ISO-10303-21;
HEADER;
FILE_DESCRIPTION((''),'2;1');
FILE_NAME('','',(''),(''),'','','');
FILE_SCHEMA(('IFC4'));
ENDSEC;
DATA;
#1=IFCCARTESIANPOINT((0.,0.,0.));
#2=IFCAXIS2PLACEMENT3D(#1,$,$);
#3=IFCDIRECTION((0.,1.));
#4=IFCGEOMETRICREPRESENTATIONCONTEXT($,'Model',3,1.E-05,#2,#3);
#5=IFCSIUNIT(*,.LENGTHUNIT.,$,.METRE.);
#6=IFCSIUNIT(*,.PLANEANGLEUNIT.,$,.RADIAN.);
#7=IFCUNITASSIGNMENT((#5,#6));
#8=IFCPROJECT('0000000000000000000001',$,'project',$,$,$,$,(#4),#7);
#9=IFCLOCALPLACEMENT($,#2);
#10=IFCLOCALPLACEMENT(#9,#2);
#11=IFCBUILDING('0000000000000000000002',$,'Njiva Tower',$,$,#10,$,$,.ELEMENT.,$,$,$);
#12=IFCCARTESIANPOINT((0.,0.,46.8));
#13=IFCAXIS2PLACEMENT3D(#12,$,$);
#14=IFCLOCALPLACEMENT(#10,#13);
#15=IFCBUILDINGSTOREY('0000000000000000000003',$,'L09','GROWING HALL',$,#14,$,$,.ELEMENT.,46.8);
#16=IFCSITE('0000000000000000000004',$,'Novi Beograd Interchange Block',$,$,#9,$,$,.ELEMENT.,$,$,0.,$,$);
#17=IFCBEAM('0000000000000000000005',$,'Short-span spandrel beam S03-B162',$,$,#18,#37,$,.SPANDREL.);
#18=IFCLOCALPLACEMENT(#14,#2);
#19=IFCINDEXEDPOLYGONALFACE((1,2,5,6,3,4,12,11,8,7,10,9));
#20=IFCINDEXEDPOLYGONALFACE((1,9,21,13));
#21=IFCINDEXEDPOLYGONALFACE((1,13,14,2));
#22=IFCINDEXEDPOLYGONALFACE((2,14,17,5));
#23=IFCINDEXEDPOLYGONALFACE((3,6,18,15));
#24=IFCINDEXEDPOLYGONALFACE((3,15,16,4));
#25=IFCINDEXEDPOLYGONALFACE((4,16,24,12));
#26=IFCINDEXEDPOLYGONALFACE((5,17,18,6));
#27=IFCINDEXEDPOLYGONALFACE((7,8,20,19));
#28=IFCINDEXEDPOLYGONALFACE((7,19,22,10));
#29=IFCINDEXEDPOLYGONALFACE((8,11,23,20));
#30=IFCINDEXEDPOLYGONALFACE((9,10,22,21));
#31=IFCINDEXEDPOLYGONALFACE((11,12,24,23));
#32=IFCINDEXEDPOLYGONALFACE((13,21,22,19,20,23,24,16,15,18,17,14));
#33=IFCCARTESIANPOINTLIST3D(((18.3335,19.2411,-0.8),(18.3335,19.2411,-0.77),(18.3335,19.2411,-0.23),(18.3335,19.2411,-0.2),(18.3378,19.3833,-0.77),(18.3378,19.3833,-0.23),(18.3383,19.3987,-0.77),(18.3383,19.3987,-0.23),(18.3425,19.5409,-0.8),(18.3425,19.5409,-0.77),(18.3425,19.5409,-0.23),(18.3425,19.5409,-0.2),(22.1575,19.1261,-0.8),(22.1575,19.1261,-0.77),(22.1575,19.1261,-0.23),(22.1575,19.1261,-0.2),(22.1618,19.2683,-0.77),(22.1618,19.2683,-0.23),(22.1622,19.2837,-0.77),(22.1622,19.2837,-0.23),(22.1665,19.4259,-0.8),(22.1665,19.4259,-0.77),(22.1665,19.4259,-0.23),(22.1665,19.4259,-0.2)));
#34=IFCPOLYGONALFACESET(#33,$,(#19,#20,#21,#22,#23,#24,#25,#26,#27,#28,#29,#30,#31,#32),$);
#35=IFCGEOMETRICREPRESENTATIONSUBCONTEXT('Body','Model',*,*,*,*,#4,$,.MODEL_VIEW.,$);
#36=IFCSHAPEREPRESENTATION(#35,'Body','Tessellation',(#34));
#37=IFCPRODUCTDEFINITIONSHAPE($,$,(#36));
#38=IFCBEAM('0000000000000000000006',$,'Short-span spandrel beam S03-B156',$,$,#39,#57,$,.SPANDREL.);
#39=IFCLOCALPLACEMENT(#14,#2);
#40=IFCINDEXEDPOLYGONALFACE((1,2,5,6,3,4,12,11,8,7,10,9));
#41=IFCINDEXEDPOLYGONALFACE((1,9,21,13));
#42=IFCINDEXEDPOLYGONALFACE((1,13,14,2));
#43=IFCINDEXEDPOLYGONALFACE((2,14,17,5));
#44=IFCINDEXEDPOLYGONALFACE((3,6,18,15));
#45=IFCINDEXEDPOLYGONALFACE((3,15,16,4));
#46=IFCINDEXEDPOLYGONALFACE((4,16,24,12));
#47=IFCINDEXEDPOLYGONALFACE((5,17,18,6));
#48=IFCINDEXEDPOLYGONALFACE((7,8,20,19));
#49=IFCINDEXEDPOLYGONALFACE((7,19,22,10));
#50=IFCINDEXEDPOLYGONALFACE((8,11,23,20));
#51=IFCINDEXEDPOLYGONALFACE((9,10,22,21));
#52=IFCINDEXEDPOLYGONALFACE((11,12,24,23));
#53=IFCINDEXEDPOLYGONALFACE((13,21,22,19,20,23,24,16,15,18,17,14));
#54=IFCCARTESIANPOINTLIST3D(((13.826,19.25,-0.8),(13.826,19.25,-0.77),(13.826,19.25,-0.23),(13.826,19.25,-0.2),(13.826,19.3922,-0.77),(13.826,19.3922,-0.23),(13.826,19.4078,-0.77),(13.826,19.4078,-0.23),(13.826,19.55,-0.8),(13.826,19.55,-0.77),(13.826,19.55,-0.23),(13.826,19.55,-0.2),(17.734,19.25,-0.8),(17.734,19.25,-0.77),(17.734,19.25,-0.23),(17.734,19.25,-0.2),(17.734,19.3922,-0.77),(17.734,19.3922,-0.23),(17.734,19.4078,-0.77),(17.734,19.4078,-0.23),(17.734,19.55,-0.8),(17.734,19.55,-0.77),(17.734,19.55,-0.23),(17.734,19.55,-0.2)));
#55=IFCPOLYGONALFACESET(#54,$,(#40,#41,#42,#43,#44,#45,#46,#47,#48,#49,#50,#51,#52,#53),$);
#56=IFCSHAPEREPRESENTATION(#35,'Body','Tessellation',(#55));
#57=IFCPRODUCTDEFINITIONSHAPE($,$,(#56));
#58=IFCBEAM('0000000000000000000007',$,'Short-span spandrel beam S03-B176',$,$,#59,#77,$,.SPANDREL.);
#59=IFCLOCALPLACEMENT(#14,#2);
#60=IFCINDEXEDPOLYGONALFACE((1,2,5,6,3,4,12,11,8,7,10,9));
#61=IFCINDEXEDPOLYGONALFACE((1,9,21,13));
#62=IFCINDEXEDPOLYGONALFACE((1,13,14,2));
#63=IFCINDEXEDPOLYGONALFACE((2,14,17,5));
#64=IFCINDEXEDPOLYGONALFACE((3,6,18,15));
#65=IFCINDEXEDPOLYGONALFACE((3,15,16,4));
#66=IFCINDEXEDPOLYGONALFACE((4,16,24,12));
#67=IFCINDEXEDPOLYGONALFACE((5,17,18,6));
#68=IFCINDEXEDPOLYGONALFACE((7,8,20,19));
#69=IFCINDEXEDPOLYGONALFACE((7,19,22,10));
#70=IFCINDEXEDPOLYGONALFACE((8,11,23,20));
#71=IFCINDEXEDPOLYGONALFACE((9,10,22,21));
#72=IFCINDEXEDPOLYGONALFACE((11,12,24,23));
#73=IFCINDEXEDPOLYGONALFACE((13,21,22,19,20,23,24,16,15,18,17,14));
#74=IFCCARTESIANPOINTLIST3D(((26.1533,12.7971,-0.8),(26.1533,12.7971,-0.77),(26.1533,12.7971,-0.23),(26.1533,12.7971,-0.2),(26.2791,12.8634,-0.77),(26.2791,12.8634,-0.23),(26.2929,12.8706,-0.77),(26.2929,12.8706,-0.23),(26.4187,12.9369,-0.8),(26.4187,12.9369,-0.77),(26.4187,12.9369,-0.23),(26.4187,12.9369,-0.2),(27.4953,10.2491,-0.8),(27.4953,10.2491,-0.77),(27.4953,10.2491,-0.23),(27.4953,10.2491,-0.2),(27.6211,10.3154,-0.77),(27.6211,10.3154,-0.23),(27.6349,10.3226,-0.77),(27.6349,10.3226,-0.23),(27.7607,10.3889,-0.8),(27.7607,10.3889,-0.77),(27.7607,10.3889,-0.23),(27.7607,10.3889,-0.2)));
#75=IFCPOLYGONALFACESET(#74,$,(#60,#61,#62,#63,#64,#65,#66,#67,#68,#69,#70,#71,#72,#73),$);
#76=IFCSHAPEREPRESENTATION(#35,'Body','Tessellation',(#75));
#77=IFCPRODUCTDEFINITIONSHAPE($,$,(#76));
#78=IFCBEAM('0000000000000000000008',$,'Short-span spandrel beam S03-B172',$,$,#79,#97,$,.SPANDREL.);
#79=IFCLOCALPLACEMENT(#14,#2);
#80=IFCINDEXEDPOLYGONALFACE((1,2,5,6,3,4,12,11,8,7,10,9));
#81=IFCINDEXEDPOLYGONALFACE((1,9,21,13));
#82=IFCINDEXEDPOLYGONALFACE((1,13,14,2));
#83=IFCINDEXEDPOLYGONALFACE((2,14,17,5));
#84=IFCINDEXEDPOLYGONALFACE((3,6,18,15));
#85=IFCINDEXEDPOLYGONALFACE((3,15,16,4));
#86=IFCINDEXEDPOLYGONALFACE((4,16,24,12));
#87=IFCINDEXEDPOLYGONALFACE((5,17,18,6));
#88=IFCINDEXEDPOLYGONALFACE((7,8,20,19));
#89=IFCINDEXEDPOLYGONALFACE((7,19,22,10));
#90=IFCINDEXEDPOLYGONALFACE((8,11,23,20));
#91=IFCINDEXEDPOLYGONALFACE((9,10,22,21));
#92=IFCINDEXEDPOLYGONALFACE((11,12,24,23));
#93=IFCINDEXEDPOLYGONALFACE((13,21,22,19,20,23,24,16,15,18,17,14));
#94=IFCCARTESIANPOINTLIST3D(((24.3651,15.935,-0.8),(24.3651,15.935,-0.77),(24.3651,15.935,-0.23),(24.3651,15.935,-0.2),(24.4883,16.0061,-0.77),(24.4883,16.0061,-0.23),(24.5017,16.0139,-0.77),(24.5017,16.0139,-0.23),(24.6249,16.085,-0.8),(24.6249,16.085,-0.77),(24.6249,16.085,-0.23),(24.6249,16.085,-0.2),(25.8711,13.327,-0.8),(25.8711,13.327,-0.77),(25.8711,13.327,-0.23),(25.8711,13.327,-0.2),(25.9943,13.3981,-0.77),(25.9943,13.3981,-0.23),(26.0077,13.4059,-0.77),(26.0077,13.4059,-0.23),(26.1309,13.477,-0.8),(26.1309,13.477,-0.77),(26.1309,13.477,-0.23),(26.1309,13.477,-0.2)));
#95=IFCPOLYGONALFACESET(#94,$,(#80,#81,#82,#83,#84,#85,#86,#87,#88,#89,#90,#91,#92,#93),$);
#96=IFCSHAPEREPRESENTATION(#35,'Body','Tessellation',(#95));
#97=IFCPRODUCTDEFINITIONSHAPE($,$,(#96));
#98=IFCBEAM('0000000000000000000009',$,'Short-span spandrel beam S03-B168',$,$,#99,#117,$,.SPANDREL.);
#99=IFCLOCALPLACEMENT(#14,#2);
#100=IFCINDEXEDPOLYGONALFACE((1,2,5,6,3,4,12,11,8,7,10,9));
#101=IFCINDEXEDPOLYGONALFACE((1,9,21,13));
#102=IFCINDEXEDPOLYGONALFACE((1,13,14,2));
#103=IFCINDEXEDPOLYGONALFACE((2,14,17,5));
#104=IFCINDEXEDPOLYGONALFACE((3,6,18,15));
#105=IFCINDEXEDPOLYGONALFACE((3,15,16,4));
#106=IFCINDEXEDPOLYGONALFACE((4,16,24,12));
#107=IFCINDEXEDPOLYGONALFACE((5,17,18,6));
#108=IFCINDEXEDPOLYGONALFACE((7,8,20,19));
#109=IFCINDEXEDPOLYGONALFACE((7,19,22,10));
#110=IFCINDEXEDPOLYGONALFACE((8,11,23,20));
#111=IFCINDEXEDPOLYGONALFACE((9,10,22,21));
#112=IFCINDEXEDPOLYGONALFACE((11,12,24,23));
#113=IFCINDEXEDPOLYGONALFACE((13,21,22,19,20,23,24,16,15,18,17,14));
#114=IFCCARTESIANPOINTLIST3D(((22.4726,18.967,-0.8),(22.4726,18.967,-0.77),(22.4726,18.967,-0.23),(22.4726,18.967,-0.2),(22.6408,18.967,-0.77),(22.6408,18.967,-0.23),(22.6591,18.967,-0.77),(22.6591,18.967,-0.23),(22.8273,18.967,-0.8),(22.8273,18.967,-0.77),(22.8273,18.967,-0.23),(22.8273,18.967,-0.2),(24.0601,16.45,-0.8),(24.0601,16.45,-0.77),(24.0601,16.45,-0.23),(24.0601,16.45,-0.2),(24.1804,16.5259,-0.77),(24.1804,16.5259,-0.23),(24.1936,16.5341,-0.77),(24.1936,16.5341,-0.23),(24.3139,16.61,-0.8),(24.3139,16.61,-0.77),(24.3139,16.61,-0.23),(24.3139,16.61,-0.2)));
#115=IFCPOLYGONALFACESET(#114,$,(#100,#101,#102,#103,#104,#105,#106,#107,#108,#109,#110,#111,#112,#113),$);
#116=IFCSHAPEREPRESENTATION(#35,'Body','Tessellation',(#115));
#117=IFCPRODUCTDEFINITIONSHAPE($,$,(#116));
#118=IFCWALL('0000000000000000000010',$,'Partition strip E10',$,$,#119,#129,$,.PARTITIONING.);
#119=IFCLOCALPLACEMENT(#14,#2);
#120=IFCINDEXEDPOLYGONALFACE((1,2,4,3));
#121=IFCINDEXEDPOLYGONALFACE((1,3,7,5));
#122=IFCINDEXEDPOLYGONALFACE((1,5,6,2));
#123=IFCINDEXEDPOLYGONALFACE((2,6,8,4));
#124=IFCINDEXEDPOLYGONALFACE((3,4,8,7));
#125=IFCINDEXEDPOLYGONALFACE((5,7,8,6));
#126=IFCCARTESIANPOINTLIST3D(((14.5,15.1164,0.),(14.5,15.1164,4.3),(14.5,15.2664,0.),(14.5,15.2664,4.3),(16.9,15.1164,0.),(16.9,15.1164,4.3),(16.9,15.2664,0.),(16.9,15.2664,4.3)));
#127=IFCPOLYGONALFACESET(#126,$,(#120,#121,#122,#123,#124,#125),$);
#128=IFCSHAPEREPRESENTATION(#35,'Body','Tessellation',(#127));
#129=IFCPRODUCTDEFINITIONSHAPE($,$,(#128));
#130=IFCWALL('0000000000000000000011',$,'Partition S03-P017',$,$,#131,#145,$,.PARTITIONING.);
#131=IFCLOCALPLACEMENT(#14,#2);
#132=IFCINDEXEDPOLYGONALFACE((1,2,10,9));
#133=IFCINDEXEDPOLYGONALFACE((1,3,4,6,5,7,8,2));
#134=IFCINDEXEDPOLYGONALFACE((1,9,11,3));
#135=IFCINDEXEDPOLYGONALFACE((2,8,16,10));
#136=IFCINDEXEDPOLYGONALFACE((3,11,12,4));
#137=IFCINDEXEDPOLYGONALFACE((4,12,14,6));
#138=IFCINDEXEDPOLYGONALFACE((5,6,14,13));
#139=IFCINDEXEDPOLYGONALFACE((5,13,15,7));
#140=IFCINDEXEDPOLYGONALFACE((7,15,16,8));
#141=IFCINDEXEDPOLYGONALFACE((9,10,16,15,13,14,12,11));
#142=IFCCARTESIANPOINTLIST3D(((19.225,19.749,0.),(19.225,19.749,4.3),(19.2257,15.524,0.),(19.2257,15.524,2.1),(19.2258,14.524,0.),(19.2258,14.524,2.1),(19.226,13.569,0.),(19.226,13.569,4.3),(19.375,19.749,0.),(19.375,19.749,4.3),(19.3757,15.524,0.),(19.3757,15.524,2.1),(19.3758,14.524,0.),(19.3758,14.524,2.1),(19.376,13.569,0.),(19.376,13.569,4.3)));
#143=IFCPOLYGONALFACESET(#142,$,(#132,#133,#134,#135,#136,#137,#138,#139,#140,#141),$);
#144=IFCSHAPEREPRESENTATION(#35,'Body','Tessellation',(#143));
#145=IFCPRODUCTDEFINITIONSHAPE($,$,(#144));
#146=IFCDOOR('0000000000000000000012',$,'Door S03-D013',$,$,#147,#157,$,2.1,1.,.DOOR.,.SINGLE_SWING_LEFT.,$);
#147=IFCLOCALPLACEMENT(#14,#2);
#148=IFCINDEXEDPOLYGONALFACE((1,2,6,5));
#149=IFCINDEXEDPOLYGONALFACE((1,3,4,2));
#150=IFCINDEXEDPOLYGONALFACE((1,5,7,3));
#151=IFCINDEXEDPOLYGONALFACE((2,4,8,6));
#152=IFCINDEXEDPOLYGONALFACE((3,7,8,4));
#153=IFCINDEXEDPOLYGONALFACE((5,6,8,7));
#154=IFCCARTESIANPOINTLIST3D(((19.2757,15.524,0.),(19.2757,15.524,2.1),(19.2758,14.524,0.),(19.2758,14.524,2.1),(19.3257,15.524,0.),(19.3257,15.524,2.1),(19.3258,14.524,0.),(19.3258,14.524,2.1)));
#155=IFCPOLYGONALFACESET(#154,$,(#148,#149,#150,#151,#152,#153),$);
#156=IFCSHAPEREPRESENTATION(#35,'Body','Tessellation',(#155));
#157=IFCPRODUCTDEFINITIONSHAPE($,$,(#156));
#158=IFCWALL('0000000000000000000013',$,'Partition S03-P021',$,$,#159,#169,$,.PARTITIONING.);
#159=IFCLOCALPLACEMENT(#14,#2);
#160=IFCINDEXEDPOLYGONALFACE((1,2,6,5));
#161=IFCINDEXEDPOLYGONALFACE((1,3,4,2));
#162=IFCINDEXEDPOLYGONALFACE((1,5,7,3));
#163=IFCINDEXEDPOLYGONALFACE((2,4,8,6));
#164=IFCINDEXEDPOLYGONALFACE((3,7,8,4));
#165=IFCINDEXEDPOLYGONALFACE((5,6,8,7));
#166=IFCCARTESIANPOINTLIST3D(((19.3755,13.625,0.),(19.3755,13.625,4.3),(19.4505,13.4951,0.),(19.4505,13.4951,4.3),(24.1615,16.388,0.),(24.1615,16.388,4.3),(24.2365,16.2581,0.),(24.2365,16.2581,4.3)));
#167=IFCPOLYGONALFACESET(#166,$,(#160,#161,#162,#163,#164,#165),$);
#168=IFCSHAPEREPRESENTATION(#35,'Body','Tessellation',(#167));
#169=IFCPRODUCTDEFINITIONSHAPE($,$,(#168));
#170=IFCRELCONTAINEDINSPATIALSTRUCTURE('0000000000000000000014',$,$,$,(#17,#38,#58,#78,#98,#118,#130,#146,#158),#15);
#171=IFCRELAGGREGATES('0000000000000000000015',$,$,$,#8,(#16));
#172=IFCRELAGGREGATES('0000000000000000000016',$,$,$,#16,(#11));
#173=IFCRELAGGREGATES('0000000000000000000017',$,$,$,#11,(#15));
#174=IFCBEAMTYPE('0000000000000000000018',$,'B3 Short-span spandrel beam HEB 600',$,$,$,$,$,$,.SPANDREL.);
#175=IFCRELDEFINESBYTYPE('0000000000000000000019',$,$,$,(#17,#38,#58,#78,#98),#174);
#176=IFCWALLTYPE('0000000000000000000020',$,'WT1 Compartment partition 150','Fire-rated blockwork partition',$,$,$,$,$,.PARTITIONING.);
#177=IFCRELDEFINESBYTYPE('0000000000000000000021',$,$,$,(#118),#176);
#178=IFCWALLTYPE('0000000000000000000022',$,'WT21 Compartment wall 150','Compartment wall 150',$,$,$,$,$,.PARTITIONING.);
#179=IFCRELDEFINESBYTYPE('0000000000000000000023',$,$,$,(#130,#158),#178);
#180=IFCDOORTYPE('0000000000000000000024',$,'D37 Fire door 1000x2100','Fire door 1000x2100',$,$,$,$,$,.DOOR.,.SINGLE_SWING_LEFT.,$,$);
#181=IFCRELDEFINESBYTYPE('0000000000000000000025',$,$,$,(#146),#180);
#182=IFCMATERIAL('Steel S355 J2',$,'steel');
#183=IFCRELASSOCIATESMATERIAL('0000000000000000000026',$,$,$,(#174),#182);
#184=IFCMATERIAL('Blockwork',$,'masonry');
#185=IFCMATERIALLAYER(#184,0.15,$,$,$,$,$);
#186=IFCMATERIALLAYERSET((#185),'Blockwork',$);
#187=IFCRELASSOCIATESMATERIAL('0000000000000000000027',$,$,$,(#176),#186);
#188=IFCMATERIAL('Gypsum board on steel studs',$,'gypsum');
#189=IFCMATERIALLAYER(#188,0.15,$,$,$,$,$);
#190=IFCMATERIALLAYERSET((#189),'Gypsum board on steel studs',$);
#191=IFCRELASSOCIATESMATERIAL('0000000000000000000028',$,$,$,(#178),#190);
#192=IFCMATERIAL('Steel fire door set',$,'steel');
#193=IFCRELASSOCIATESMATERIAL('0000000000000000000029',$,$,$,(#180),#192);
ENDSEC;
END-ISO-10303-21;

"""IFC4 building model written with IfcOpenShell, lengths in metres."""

from ifc_helpers import new_model, si_unit, direction, frame, frame_2d, origin, origin_2d, place, context, subcontext, project, spatial, rectangle, i_section, extrude, clip, halfspace, material, layer, layer_set, material_profile, profile_set, type_object, element, fill, save


model = new_model("IFC4")

# Units and contexts
model_context = context("Model", 3, precision=1e-05, world=origin(), true_north=direction((0.0, 1.0)))
body_context = subcontext(model_context, "Body", "Model", "MODEL_VIEW")
ifc_project = project(units=[si_unit("LENGTHUNIT", "METRE"), si_unit("PLANEANGLEUNIT", "RADIAN")], contexts=[model_context])

# Site, building, storey
site_placement = place(None, origin())
site = spatial("IfcSite", under=ifc_project, at=site_placement, Name="Novi Beograd Interchange Block", CompositionType="ELEMENT", RefElevation=0.0)
building_placement = place(site_placement, origin())
building = spatial("IfcBuilding", under=site, at=building_placement, Name="Njiva Tower", CompositionType="ELEMENT")
storey_placement = place(building_placement, frame((0.0, 0.0, 46.8)))
storey = spatial("IfcBuildingStorey", under=building, at=storey_placement, Name="L09", Description="GROWING HALL", CompositionType="ELEMENT", Elevation=46.8)

# Shared definitions
ifc_material_1 = material(Name="Steel S355 J2", Category="steel")

# Beams
ifc_material_profile_1 = material_profile(ifc_material_1, i_section(OverallWidth=0.3, OverallDepth=0.6, WebThickness=0.0155, FlangeThickness=0.03, at=origin_2d()), Name="HEB 600")
ifc_profile_set_1 = profile_set([ifc_material_profile_1], Name="Steel S355 J2")
beam_type_1 = type_object("IfcBeamType", Name="B3 Short-span spandrel beam HEB 600", PredefinedType="SPANDREL", material=ifc_profile_set_1)
beam_1_placement = place(storey_placement, frame((22.162, 19.276, -0.5), z_axis=(-0.999548, 0.03006, 0.0), x_axis=(-0.03006, -0.999548, 0.0)))
element("IfcBeam", 1, at=beam_1_placement, inside=storey, type_object=beam_type_1, Name="Short-span spandrel beam S03-B162", PredefinedType="SPANDREL", context=body_context, shape_type="SweptSolid", body=[
    extrude(i_section(OverallWidth=0.3, OverallDepth=0.6, WebThickness=0.0155, FlangeThickness=0.03, at=origin_2d()), origin(), (0.0, 0.0, 1.0), 3.8257),
])
beam_2_placement = place(storey_placement, frame((17.734, 19.4, -0.5), z_axis=(-1.0, 0.0, 0.0), x_axis=(0.0, -1.0, 0.0)))
element("IfcBeam", 2, at=beam_2_placement, inside=storey, type_object=beam_type_1, Name="Short-span spandrel beam S03-B156", PredefinedType="SPANDREL", context=body_context, shape_type="SweptSolid", body=[
    extrude(i_section(OverallWidth=0.3, OverallDepth=0.6, WebThickness=0.0155, FlangeThickness=0.03, at=origin_2d()), origin(), (0.0, 0.0, 1.0), 3.908),
])
beam_3_placement = place(storey_placement, frame((27.628, 10.319, -0.5), z_axis=(-0.466004, 0.884783, 0.0), x_axis=(-0.884783, -0.466004, 0.0)))
element("IfcBeam", 3, at=beam_3_placement, inside=storey, type_object=beam_type_1, Name="Short-span spandrel beam S03-B176", PredefinedType="SPANDREL", context=body_context, shape_type="SweptSolid", body=[
    extrude(i_section(OverallWidth=0.3, OverallDepth=0.6, WebThickness=0.0155, FlangeThickness=0.03, at=origin_2d()), origin(), (0.0, 0.0, 1.0), 2.8798),
])
beam_4_placement = place(storey_placement, frame((26.001, 13.402, -0.5), z_axis=(-0.500067, 0.865987, 0.0), x_axis=(-0.865987, -0.500067, 0.0)))
element("IfcBeam", 4, at=beam_4_placement, inside=storey, type_object=beam_type_1, Name="Short-span spandrel beam S03-B172", PredefinedType="SPANDREL", context=body_context, shape_type="SweptSolid", body=[
    extrude(i_section(OverallWidth=0.3, OverallDepth=0.6, WebThickness=0.0155, FlangeThickness=0.03, at=origin_2d()), origin(), (0.0, 0.0, 1.0), 3.0116),
])
beam_5_placement = place(storey_placement, frame((24.187, 16.53, -0.5), z_axis=(-0.533457, 0.845827, 0.0), x_axis=(-0.845827, -0.533457, 0.0)))
element("IfcBeam", 5, at=beam_5_placement, inside=storey, type_object=beam_type_1, Name="Short-span spandrel beam S03-B168", PredefinedType="SPANDREL", context=body_context, shape_type="Clipping", body=[
    clip(extrude(i_section(OverallWidth=0.3, OverallDepth=0.6, WebThickness=0.0155, FlangeThickness=0.03, at=origin_2d()), origin(), (0.0, 0.0, 1.0), 2.9962), halfspace(frame((-0.027, 0.0, 2.8642), z_axis=(-0.533457, 0.0, 0.845827), x_axis=(0.0, 1.0, 0.0)), False)),
])

# Wall
ifc_material_2 = material(Name="Blockwork", Category="masonry")
ifc_layer_1 = layer(ifc_material_2, 0.15)
ifc_layer_set_1 = layer_set([ifc_layer_1], Name="Blockwork")
wall_type_1 = type_object("IfcWallType", Name="WT1 Compartment partition 150", Description="Fire-rated blockwork partition", PredefinedType="PARTITIONING", material=ifc_layer_set_1)
wall_1_placement = place(storey_placement, frame((14.5, 15.1914, 0.0), z_axis=(0.0, 0.0, 1.0), x_axis=(1.0, 0.0, 0.0)))
element("IfcWall", 6, at=wall_1_placement, inside=storey, type_object=wall_type_1, Name="Partition strip E10", PredefinedType="PARTITIONING", context=body_context, shape_type="SweptSolid", body=[
    extrude(rectangle(XDim=2.4, YDim=0.15, at=frame_2d((1.2, 0.0))), origin(), (0.0, 0.0, 1.0), 4.3),
])

# Wall, opening, door
ifc_material_3 = material(Name="Gypsum board on steel studs", Category="gypsum")
ifc_layer_2 = layer(ifc_material_3, 0.15)
ifc_layer_set_2 = layer_set([ifc_layer_2], Name="Gypsum board on steel studs")
wall_type_2 = type_object("IfcWallType", Name="WT21 Compartment wall 150", Description="Compartment wall 150", PredefinedType="PARTITIONING", material=ifc_layer_set_2)
wall_2_placement = place(storey_placement, frame((19.3, 19.749, 0.0), z_axis=(0.0, 0.0, 1.0), x_axis=(0.000162, -1.0, 0.0)))
wall_2 = element("IfcWall", 7, at=wall_2_placement, inside=storey, type_object=wall_type_2, Name="Partition S03-P017", PredefinedType="PARTITIONING", context=body_context, shape_type="SweptSolid", body=[
    extrude(rectangle(XDim=6.18, YDim=0.15, at=frame_2d((3.09, 0.0))), origin(), (0.0, 0.0, 1.0), 4.3),
])
opening_1_placement = place(wall_2_placement, frame((4.225, 0.0, 0.0)))
opening_1 = element("IfcOpeningElement", 8, at=opening_1_placement, cuts=wall_2, PredefinedType="OPENING", context=body_context, shape_type="SweptSolid", body=[
    extrude(rectangle(XDim=1.0, YDim=2.1, at=frame_2d((0.5, 1.05))), frame((0.0, 0.085, 0.0), z_axis=(0.0, -1.0, 0.0), x_axis=(1.0, 0.0, 0.0)), (0.0, 0.0, 1.0), 0.17),
])
ifc_material_4 = material(Name="Steel fire door set", Category="steel")
door_type = type_object("IfcDoorType", Name="D37 Fire door 1000x2100", Description="Fire door 1000x2100", OperationType="SINGLE_SWING_LEFT", PredefinedType="DOOR", material=ifc_material_4)
door_placement = place(opening_1_placement, origin())
door = element("IfcDoor", 9, at=door_placement, inside=storey, type_object=door_type, Name="Door S03-D013", OperationType="SINGLE_SWING_LEFT", OverallHeight=2.1, OverallWidth=1.0, PredefinedType="DOOR", context=body_context, shape_type="SweptSolid", body=[
    extrude(rectangle(XDim=1.0, YDim=2.1, at=frame_2d((0.5, 1.05))), frame((0.0, 0.025, 0.0), z_axis=(0.0, -1.0, 0.0), x_axis=(1.0, 0.0, 0.0)), (0.0, 0.0, 1.0), 0.05),
])
fill(opening_1, door)

# Wall
wall_3_placement = place(storey_placement, frame((19.413, 13.56, 0.0), z_axis=(0.0, 0.0, 1.0), x_axis=(0.866041, 0.499973, 0.0)))
element("IfcWall", 10, at=wall_3_placement, inside=storey, type_object=wall_type_2, Name="Partition S03-P021", PredefinedType="PARTITIONING", context=body_context, shape_type="SweptSolid", body=[
    extrude(rectangle(XDim=5.5263, YDim=0.15, at=frame_2d((2.7632, 0.0))), origin(), (0.0, 0.0, 1.0), 4.3),
])

save(model, "model.ifc")
